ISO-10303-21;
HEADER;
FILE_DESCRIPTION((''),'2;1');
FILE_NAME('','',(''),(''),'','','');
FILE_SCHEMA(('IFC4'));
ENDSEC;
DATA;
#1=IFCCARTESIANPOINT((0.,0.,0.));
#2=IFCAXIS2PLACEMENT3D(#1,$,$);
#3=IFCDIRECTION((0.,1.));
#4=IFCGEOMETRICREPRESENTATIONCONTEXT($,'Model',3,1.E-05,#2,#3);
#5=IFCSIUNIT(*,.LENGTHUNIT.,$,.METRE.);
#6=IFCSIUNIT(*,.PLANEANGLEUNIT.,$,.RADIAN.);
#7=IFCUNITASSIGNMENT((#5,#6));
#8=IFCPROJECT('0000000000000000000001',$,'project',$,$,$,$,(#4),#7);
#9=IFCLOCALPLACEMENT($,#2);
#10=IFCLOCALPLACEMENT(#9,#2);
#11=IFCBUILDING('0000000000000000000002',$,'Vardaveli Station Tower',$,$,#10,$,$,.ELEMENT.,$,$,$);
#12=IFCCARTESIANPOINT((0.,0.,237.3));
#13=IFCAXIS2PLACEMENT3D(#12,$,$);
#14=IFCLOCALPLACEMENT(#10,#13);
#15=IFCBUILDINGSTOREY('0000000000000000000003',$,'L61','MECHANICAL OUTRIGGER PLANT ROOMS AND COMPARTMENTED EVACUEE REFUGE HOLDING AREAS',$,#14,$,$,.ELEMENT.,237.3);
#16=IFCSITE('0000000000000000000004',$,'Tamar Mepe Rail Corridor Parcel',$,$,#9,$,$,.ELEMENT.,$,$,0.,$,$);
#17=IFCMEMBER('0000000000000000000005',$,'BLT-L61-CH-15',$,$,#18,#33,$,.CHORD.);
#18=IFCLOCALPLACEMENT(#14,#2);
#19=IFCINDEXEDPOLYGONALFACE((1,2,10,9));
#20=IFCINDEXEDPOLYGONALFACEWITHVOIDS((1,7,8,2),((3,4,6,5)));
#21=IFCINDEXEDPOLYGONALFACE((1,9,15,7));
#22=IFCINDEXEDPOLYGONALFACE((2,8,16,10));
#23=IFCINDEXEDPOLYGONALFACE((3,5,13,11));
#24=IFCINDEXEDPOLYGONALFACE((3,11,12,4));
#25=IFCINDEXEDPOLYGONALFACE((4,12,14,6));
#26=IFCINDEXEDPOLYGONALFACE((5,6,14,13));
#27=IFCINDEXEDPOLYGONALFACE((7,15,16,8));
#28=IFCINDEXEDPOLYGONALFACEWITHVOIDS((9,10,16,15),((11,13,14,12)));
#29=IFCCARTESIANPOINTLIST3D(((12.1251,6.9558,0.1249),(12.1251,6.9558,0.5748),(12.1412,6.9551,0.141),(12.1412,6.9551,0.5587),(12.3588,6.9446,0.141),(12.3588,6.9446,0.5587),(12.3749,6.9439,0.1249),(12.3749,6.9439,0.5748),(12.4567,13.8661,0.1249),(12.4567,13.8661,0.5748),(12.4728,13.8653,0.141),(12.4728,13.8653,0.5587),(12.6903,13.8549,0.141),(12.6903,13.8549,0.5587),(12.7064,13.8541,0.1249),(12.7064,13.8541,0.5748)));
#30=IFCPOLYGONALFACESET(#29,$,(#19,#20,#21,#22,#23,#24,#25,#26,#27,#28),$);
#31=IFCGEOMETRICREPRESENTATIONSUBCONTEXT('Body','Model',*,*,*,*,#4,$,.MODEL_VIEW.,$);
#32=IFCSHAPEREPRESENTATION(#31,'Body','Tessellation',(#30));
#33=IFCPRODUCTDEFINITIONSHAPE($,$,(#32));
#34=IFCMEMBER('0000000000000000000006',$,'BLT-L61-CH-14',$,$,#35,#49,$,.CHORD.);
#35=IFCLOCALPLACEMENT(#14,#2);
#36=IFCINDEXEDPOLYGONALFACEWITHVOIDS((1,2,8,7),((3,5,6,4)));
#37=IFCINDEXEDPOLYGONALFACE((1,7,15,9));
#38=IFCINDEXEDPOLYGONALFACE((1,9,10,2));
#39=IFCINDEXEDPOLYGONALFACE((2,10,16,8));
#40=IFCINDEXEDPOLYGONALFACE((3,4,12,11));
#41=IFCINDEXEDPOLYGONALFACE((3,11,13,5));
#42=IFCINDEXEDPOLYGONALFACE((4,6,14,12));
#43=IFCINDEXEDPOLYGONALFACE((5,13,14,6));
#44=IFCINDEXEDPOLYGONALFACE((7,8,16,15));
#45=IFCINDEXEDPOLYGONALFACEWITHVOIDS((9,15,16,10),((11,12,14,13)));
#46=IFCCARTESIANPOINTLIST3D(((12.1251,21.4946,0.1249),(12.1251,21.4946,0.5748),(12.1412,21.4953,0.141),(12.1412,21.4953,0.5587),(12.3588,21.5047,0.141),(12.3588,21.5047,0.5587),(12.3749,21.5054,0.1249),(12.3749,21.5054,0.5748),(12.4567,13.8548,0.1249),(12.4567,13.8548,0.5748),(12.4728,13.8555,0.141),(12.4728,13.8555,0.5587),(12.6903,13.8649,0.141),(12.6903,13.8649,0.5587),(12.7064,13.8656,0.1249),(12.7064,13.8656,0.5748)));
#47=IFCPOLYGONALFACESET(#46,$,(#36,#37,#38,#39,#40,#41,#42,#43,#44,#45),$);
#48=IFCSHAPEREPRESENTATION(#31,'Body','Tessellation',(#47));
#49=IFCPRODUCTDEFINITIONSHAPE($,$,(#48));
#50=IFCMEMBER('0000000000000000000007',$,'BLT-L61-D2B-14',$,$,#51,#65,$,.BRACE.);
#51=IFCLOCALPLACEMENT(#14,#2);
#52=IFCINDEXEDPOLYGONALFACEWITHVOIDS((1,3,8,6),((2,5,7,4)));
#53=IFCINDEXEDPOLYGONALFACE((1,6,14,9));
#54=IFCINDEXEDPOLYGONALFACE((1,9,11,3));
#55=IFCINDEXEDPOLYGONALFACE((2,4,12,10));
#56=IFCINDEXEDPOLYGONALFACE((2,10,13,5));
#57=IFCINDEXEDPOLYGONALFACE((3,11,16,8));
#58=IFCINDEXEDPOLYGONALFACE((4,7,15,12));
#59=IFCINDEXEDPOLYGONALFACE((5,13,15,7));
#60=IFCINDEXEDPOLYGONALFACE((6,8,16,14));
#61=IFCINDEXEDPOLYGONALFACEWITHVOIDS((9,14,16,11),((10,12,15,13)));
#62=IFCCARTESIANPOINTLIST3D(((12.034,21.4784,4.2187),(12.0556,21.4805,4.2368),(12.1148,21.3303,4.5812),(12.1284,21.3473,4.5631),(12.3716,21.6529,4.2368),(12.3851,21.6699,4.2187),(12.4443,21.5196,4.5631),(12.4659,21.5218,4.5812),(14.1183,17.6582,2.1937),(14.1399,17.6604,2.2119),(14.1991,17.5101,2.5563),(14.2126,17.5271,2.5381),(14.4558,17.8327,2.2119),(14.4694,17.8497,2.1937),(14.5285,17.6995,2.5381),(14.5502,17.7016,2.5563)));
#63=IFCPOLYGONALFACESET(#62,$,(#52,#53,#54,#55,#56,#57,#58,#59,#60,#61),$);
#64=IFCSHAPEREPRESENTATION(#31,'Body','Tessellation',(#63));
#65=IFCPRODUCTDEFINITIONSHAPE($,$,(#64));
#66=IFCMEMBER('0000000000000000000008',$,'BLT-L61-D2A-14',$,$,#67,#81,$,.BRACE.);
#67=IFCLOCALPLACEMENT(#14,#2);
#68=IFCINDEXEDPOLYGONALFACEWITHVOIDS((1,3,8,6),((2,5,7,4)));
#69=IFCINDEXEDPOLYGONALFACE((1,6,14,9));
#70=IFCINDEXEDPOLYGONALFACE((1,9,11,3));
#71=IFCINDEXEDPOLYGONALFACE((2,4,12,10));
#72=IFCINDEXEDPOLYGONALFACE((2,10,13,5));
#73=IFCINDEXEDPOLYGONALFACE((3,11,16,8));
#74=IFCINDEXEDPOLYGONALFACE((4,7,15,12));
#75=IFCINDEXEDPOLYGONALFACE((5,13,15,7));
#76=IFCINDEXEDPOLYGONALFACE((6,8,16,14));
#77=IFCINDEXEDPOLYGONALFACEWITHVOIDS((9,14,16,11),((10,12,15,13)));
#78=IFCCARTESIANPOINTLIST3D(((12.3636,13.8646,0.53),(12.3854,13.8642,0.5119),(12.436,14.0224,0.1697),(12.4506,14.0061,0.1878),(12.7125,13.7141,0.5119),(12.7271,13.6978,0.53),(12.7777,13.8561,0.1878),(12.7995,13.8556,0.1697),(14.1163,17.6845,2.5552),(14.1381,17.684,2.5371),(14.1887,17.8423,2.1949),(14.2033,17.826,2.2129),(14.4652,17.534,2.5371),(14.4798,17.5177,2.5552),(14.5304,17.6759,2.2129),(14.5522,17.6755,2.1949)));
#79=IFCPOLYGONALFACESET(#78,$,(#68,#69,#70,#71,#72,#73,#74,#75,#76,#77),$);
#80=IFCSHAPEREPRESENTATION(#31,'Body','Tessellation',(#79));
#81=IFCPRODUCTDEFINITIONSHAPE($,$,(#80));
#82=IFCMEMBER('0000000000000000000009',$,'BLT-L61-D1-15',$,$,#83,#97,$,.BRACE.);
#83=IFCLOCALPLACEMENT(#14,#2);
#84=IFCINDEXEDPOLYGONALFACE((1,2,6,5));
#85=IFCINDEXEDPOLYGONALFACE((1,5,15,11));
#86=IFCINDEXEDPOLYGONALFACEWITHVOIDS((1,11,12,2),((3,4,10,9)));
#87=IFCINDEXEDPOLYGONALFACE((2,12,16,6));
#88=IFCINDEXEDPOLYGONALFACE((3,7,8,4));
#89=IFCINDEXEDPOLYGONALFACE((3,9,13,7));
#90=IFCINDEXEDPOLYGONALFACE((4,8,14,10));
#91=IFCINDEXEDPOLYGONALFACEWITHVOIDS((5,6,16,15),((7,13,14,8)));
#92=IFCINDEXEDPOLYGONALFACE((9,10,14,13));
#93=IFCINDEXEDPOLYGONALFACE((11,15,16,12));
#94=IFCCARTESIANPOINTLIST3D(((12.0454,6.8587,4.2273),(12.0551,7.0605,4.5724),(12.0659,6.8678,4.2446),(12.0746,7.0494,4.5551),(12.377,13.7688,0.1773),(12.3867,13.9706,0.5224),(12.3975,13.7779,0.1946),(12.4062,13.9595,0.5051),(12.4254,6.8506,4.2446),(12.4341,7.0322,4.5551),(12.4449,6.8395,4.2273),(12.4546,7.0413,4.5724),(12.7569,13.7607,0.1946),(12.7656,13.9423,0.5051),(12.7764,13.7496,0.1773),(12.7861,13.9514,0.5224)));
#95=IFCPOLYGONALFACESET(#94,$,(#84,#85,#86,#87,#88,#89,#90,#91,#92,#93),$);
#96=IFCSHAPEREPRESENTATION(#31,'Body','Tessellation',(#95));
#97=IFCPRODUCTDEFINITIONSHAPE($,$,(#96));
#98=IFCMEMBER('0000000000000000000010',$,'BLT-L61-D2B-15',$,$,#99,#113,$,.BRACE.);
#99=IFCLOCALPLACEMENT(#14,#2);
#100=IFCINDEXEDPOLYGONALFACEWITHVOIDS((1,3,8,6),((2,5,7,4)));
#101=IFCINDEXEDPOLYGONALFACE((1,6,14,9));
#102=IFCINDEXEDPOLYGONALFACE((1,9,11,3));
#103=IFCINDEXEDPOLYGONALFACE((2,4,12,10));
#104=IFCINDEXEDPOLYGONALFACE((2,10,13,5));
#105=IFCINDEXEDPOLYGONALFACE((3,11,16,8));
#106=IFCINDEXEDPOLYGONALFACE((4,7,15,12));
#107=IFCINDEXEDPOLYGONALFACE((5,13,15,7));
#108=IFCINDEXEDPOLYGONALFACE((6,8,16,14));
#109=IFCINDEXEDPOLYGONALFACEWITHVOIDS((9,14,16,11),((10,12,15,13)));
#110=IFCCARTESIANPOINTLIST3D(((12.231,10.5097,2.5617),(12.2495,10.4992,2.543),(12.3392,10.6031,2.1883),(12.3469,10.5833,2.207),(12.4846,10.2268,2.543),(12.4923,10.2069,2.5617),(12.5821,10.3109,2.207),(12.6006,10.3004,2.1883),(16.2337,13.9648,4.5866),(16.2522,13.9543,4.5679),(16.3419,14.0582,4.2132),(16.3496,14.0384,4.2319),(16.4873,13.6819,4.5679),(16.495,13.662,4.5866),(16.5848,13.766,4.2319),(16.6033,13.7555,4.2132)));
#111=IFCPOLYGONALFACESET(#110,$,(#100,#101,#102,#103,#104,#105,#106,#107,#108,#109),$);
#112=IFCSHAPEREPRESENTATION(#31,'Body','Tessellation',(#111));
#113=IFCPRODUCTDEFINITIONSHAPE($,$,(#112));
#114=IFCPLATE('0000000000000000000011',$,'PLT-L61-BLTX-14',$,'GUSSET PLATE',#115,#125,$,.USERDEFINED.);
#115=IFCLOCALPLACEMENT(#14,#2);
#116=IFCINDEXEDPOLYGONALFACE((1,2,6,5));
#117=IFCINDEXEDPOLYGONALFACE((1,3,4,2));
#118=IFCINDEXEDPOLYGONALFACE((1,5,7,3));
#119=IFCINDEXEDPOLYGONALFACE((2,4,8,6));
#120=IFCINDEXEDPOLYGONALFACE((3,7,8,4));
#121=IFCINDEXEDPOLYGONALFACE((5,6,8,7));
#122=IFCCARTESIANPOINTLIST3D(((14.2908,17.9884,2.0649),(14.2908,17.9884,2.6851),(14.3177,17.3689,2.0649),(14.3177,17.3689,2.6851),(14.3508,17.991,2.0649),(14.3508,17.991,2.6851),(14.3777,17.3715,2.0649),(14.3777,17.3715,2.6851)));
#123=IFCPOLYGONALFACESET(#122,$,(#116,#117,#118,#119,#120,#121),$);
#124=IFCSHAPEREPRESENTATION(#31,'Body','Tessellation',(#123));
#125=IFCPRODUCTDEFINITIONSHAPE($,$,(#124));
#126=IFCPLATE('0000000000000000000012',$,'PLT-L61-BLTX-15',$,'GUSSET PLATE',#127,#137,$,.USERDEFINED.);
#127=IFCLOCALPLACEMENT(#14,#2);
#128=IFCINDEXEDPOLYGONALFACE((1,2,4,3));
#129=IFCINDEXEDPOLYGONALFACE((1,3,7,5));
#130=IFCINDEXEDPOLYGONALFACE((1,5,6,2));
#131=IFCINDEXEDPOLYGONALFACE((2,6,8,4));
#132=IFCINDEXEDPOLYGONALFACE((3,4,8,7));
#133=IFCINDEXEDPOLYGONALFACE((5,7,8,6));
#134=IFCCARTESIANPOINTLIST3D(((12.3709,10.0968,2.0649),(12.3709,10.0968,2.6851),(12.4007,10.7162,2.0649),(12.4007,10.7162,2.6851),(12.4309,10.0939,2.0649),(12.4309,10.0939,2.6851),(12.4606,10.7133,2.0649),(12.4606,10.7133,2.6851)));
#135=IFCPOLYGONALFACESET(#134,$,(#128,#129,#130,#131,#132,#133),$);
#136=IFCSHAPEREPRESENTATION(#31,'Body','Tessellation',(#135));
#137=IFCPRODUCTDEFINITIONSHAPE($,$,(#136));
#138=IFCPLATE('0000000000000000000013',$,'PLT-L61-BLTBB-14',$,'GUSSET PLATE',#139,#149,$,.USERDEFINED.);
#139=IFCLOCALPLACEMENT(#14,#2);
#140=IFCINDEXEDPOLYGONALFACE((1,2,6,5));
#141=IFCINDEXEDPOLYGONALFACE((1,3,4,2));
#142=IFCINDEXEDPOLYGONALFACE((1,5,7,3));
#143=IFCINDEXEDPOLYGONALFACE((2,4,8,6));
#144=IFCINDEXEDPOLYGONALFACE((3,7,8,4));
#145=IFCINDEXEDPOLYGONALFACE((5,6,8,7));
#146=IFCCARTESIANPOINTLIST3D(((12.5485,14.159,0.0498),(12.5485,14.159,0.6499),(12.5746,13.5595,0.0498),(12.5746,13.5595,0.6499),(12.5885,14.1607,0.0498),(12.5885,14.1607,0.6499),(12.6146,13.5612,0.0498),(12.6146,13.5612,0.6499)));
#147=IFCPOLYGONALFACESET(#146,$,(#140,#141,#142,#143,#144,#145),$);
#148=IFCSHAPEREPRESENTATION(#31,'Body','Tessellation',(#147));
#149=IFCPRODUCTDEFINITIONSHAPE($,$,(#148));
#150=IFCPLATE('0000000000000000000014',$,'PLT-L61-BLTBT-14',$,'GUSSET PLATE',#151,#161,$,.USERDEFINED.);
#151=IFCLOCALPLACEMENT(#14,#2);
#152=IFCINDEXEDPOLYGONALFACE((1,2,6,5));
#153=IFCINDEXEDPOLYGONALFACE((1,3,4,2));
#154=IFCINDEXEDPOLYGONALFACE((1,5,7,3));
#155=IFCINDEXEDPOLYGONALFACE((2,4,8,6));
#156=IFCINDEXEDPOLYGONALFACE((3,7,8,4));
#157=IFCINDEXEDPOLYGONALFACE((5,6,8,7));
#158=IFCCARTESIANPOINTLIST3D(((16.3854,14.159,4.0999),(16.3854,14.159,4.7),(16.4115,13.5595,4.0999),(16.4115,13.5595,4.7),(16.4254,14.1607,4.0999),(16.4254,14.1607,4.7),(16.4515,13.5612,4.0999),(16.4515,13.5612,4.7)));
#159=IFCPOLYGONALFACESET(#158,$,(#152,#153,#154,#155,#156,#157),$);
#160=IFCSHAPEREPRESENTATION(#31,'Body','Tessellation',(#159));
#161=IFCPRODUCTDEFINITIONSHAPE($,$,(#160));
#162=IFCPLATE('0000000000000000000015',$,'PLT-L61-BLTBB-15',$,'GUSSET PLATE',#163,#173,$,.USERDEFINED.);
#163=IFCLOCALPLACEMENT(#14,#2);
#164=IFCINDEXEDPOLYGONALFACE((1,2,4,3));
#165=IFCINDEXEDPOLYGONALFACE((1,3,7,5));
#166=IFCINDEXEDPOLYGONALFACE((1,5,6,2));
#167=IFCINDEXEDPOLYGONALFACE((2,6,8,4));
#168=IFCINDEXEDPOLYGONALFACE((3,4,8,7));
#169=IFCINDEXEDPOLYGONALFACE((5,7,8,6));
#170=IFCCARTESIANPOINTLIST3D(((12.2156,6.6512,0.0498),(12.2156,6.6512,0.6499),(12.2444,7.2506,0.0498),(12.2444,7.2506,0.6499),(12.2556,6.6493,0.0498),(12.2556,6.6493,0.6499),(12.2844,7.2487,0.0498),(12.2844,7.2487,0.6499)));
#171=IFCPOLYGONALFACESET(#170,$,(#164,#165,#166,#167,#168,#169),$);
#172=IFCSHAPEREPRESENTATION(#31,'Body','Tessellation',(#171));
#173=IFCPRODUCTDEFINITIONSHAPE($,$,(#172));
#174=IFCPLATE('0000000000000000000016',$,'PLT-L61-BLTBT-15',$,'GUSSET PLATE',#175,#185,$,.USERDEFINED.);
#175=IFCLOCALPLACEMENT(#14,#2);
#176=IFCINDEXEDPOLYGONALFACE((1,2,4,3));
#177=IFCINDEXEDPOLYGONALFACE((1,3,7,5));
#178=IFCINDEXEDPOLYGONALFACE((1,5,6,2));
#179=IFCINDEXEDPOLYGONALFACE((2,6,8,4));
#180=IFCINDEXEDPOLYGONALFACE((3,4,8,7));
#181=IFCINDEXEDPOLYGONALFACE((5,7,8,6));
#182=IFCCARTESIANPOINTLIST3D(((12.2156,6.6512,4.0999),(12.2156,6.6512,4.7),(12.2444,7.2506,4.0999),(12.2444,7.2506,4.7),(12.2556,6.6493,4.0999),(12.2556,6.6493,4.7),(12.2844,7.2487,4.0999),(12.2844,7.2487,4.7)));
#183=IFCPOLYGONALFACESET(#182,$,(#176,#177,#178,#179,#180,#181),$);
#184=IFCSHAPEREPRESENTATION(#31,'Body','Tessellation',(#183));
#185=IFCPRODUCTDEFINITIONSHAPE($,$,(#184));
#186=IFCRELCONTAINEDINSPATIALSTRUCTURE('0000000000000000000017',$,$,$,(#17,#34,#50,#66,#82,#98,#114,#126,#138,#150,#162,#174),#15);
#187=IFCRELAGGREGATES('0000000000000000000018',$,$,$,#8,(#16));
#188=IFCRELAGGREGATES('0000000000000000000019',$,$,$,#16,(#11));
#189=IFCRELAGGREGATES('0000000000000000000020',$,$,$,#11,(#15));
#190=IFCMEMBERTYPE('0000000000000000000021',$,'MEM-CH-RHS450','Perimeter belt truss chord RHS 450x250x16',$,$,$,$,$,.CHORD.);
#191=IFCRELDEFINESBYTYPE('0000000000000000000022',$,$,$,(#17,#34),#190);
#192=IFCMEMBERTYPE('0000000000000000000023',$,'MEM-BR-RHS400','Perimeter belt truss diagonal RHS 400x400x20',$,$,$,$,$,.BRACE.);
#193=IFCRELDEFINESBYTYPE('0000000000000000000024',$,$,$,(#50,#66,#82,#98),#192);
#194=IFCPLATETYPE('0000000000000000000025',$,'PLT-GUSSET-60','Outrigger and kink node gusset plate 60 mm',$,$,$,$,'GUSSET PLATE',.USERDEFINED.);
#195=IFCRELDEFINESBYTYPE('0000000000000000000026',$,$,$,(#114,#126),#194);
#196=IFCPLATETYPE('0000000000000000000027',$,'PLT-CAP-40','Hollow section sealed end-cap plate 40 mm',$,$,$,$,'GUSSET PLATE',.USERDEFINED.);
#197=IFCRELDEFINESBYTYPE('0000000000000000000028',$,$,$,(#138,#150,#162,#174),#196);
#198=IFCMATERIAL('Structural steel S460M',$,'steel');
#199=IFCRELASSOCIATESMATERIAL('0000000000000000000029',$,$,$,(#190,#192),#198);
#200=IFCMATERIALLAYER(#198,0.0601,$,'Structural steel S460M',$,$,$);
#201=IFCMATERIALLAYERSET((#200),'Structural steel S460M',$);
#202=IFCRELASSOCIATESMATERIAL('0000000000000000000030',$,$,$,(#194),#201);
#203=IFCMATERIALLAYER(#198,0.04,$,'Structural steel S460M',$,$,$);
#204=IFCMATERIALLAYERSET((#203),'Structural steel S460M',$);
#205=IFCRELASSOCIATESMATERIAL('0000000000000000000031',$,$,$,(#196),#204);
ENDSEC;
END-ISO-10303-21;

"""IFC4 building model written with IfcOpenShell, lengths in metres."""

from ifc_helpers import new_model, si_unit, direction, frame, origin, origin_2d, place, context, subcontext, project, spatial, rectangle, hollow_rectangle, extrude, source, transform, mapped, material, layer, layer_set, material_profile, profile_set, type_object, element, save


model = new_model("IFC4")

# Units and contexts
model_context = context("Model", 3, precision=1e-05, world=origin(), true_north=direction((0.0, 1.0)))
body_context = subcontext(model_context, "Body", "Model", "MODEL_VIEW")
ifc_project = project(units=[si_unit("LENGTHUNIT", "METRE"), si_unit("PLANEANGLEUNIT", "RADIAN")], contexts=[model_context])

# Site, building, storey
site_placement = place(None, origin())
site = spatial("IfcSite", under=ifc_project, at=site_placement, Name="Tamar Mepe Rail Corridor Parcel", CompositionType="ELEMENT", RefElevation=0.0)
building_placement = place(site_placement, origin())
building = spatial("IfcBuilding", under=site, at=building_placement, Name="Vardaveli Station Tower", CompositionType="ELEMENT")
storey_placement = place(building_placement, frame((0.0, 0.0, 237.3)))
storey = spatial("IfcBuildingStorey", under=building, at=storey_placement, Name="L61", Description="MECHANICAL OUTRIGGER PLANT ROOMS AND COMPARTMENTED EVACUEE REFUGE HOLDING AREAS", CompositionType="ELEMENT", Elevation=237.3)

# Shared definitions
ifc_material_1 = material(Name="Structural steel S460M", Category="steel")

# Members
ifc_material_profile_1 = material_profile(ifc_material_1, hollow_rectangle(XDim=0.25, YDim=0.45, WallThickness=0.0161, at=origin_2d()), Name="RHS 450x250x16")
ifc_profile_set_1 = profile_set([ifc_material_profile_1], Name="Structural steel S460M")
member_type_1 = type_object("IfcMemberType", Name="MEM-CH-RHS450", Description="Perimeter belt truss chord RHS 450x250x16", PredefinedType="CHORD", material=ifc_profile_set_1)
shared_shape_1 = source(origin(), body_context, "Body", "SweptSolid", [
    extrude(hollow_rectangle(XDim=0.25, YDim=0.45, WallThickness=0.0161, at=origin_2d()), origin(), (0.0, 0.0, 1.0), 6.9182),
])
member_1_placement = place(storey_placement, frame((12.5815, 13.8601, 0.3499), z_axis=(-0.047924, -0.998851, 0.0), x_axis=(0.998851, -0.047924, 0.0)))
element("IfcMember", 1, at=member_1_placement, inside=storey, type_object=member_type_1, Name="BLT-L61-CH-15", PredefinedType="CHORD", context=body_context, shape_type="MappedRepresentation", body=[
    mapped(shared_shape_1, transform((0.0, 0.0, 0.0), scale=1.0)),
])
shared_shape_2 = source(origin(), body_context, "Body", "SweptSolid", [
    extrude(hollow_rectangle(XDim=0.25, YDim=0.45, WallThickness=0.0161, at=origin_2d()), origin(), (0.0, 0.0, 1.0), 7.647),
])
member_2_placement = place(storey_placement, frame((12.25, 21.5, 0.3499), z_axis=(0.043355, -0.99906, 0.0), x_axis=(0.99906, 0.043355, 0.0)))
element("IfcMember", 2, at=member_2_placement, inside=storey, type_object=member_type_1, Name="BLT-L61-CH-14", PredefinedType="CHORD", context=body_context, shape_type="MappedRepresentation", body=[
    mapped(shared_shape_2, transform((0.0, 0.0, 0.0), scale=1.0)),
])
ifc_material_profile_2 = material_profile(ifc_material_1, hollow_rectangle(XDim=0.3999, YDim=0.3999, WallThickness=0.02, at=origin_2d()), Name="RHS 400x400x20")
ifc_profile_set_2 = profile_set([ifc_material_profile_2], Name="Structural steel S460M")
member_type_2 = type_object("IfcMemberType", Name="MEM-BR-RHS400", Description="Perimeter belt truss diagonal RHS 400x400x20", PredefinedType="BRACE", material=ifc_profile_set_2)
shared_shape_3 = source(origin(), body_context, "Body", "SweptSolid", [
    extrude(hollow_rectangle(XDim=0.3999, YDim=0.3999, WallThickness=0.02, at=origin_2d()), origin(), (0.0, 0.0, 1.0), 4.7998),
])
member_3_placement = place(storey_placement, frame((14.3342, 17.6799, 2.375), z_axis=(-0.434241, 0.795897, 0.421881), x_axis=(-0.877842, -0.47895, 0.0)))
element("IfcMember", 3, at=member_3_placement, inside=storey, type_object=member_type_2, Name="BLT-L61-D2B-14", PredefinedType="BRACE", context=body_context, shape_type="MappedRepresentation", body=[
    mapped(shared_shape_3, transform((0.0, 0.0, 0.0), scale=1.0)),
])
shared_shape_4 = source(origin(), body_context, "Body", "SweptSolid", [
    extrude(hollow_rectangle(XDim=0.3999, YDim=0.3999, WallThickness=0.02, at=origin_2d()), origin(), (0.0, 0.0, 1.0), 4.6653),
])
member_4_placement = place(storey_placement, frame((12.5815, 13.8601, 0.3499), z_axis=(0.375693, 0.818789, 0.434095), x_axis=(-0.908891, 0.417035, 0.0)))
element("IfcMember", 4, at=member_4_placement, inside=storey, type_object=member_type_2, Name="BLT-L61-D2A-14", PredefinedType="BRACE", context=body_context, shape_type="MappedRepresentation", body=[
    mapped(shared_shape_4, transform((0.0, 0.0, 0.0), scale=1.0)),
])
shared_shape_5 = source(origin(), body_context, "Body", "SweptSolid", [
    extrude(hollow_rectangle(XDim=0.3999, YDim=0.3999, WallThickness=0.02, at=origin_2d()), origin(), (0.0, 0.0, 1.0), 8.0164),
])
member_5_placement = place(storey_placement, frame((12.5815, 13.8601, 0.3499), z_axis=(-0.041358, -0.862, 0.505219), x_axis=(0.998851, -0.047924, 0.0)))
element("IfcMember", 5, at=member_5_placement, inside=storey, type_object=member_type_2, Name="BLT-L61-D1-15", PredefinedType="BRACE", context=body_context, shape_type="MappedRepresentation", body=[
    mapped(shared_shape_5, transform((0.0, 0.0, 0.0), scale=1.0)),
])
shared_shape_6 = source(origin(), body_context, "Body", "SweptSolid", [
    extrude(hollow_rectangle(XDim=0.3999, YDim=0.3999, WallThickness=0.02, at=origin_2d()), origin(), (0.0, 0.0, 1.0), 5.6621),
])
member_6_placement = place(storey_placement, frame((12.4158, 10.405, 2.375), z_axis=(0.706927, 0.610212, 0.357624), x_axis=(-0.653426, 0.75699, 0.0)))
element("IfcMember", 6, at=member_6_placement, inside=storey, type_object=member_type_2, Name="BLT-L61-D2B-15", PredefinedType="BRACE", context=body_context, shape_type="MappedRepresentation", body=[
    mapped(shared_shape_6, transform((0.0, 0.0, 0.0), scale=1.0)),
])

# Plates
ifc_layer_1 = layer(ifc_material_1, 0.0601, Name="Structural steel S460M")
ifc_layer_set_1 = layer_set([ifc_layer_1], Name="Structural steel S460M")
plate_type_1 = type_object("IfcPlateType", Name="PLT-GUSSET-60", Description="Outrigger and kink node gusset plate 60 mm", ElementType="GUSSET PLATE", PredefinedType="USERDEFINED", material=ifc_layer_set_1)
shared_shape_7 = source(origin(), body_context, "Body", "SweptSolid", [
    extrude(rectangle(XDim=0.6201, YDim=0.0601, at=origin_2d()), origin(), (0.0, 0.0, 1.0), 0.6201),
])
for number, where, z_axis, x_axis, name in (
    (7, (14.3342, 17.6799, 2.0649), (0.0, 0.0, 1.0), (0.043445, -0.999056, 0.0), "PLT-L61-BLTX-14"),
    (8, (12.4158, 10.405, 2.0649), (0.0, 0.0, 1.0), (-0.047978, -0.998848, 0.0), "PLT-L61-BLTX-15"),
):
    element("IfcPlate", number, at=place(storey_placement, frame(where, z_axis=z_axis, x_axis=x_axis)), inside=storey, type_object=plate_type_1, Name=name, ObjectType="GUSSET PLATE", PredefinedType="USERDEFINED", context=body_context, shape_type="MappedRepresentation", body=[
        mapped(shared_shape_7, transform((0.0, 0.0, 0.0), scale=1.0)),
    ])
ifc_layer_2 = layer(ifc_material_1, 0.04, Name="Structural steel S460M")
ifc_layer_set_2 = layer_set([ifc_layer_2], Name="Structural steel S460M")
plate_type_2 = type_object("IfcPlateType", Name="PLT-CAP-40", Description="Hollow section sealed end-cap plate 40 mm", ElementType="GUSSET PLATE", PredefinedType="USERDEFINED", material=ifc_layer_set_2)
shared_shape_8 = source(origin(), body_context, "Body", "SweptSolid", [
    extrude(rectangle(XDim=0.6001, YDim=0.04, at=origin_2d()), origin(), (0.0, 0.0, 1.0), 0.6001),
])
for number, where, z_axis, x_axis, name in (
    (9, (12.5815, 13.8601, 0.0498), (0.0, 0.0, 1.0), (0.043445, -0.999056, 0.0), "PLT-L61-BLTBB-14"),
    (10, (16.4185, 13.8601, 4.0999), (0.0, 0.0, 1.0), (0.043445, -0.999056, 0.0), "PLT-L61-BLTBT-14"),
    (11, (12.25, 6.95, 0.0498), (0.0, 0.0, 1.0), (-0.047978, -0.998848, 0.0), "PLT-L61-BLTBB-15"),
    (12, (12.25, 6.95, 4.0999), (0.0, 0.0, 1.0), (-0.047978, -0.998848, 0.0), "PLT-L61-BLTBT-15"),
):
    element("IfcPlate", number, at=place(storey_placement, frame(where, z_axis=z_axis, x_axis=x_axis)), inside=storey, type_object=plate_type_2, Name=name, ObjectType="GUSSET PLATE", PredefinedType="USERDEFINED", context=body_context, shape_type="MappedRepresentation", body=[
        mapped(shared_shape_8, transform((0.0, 0.0, 0.0), scale=1.0)),
    ])

save(model, "model.ifc")
